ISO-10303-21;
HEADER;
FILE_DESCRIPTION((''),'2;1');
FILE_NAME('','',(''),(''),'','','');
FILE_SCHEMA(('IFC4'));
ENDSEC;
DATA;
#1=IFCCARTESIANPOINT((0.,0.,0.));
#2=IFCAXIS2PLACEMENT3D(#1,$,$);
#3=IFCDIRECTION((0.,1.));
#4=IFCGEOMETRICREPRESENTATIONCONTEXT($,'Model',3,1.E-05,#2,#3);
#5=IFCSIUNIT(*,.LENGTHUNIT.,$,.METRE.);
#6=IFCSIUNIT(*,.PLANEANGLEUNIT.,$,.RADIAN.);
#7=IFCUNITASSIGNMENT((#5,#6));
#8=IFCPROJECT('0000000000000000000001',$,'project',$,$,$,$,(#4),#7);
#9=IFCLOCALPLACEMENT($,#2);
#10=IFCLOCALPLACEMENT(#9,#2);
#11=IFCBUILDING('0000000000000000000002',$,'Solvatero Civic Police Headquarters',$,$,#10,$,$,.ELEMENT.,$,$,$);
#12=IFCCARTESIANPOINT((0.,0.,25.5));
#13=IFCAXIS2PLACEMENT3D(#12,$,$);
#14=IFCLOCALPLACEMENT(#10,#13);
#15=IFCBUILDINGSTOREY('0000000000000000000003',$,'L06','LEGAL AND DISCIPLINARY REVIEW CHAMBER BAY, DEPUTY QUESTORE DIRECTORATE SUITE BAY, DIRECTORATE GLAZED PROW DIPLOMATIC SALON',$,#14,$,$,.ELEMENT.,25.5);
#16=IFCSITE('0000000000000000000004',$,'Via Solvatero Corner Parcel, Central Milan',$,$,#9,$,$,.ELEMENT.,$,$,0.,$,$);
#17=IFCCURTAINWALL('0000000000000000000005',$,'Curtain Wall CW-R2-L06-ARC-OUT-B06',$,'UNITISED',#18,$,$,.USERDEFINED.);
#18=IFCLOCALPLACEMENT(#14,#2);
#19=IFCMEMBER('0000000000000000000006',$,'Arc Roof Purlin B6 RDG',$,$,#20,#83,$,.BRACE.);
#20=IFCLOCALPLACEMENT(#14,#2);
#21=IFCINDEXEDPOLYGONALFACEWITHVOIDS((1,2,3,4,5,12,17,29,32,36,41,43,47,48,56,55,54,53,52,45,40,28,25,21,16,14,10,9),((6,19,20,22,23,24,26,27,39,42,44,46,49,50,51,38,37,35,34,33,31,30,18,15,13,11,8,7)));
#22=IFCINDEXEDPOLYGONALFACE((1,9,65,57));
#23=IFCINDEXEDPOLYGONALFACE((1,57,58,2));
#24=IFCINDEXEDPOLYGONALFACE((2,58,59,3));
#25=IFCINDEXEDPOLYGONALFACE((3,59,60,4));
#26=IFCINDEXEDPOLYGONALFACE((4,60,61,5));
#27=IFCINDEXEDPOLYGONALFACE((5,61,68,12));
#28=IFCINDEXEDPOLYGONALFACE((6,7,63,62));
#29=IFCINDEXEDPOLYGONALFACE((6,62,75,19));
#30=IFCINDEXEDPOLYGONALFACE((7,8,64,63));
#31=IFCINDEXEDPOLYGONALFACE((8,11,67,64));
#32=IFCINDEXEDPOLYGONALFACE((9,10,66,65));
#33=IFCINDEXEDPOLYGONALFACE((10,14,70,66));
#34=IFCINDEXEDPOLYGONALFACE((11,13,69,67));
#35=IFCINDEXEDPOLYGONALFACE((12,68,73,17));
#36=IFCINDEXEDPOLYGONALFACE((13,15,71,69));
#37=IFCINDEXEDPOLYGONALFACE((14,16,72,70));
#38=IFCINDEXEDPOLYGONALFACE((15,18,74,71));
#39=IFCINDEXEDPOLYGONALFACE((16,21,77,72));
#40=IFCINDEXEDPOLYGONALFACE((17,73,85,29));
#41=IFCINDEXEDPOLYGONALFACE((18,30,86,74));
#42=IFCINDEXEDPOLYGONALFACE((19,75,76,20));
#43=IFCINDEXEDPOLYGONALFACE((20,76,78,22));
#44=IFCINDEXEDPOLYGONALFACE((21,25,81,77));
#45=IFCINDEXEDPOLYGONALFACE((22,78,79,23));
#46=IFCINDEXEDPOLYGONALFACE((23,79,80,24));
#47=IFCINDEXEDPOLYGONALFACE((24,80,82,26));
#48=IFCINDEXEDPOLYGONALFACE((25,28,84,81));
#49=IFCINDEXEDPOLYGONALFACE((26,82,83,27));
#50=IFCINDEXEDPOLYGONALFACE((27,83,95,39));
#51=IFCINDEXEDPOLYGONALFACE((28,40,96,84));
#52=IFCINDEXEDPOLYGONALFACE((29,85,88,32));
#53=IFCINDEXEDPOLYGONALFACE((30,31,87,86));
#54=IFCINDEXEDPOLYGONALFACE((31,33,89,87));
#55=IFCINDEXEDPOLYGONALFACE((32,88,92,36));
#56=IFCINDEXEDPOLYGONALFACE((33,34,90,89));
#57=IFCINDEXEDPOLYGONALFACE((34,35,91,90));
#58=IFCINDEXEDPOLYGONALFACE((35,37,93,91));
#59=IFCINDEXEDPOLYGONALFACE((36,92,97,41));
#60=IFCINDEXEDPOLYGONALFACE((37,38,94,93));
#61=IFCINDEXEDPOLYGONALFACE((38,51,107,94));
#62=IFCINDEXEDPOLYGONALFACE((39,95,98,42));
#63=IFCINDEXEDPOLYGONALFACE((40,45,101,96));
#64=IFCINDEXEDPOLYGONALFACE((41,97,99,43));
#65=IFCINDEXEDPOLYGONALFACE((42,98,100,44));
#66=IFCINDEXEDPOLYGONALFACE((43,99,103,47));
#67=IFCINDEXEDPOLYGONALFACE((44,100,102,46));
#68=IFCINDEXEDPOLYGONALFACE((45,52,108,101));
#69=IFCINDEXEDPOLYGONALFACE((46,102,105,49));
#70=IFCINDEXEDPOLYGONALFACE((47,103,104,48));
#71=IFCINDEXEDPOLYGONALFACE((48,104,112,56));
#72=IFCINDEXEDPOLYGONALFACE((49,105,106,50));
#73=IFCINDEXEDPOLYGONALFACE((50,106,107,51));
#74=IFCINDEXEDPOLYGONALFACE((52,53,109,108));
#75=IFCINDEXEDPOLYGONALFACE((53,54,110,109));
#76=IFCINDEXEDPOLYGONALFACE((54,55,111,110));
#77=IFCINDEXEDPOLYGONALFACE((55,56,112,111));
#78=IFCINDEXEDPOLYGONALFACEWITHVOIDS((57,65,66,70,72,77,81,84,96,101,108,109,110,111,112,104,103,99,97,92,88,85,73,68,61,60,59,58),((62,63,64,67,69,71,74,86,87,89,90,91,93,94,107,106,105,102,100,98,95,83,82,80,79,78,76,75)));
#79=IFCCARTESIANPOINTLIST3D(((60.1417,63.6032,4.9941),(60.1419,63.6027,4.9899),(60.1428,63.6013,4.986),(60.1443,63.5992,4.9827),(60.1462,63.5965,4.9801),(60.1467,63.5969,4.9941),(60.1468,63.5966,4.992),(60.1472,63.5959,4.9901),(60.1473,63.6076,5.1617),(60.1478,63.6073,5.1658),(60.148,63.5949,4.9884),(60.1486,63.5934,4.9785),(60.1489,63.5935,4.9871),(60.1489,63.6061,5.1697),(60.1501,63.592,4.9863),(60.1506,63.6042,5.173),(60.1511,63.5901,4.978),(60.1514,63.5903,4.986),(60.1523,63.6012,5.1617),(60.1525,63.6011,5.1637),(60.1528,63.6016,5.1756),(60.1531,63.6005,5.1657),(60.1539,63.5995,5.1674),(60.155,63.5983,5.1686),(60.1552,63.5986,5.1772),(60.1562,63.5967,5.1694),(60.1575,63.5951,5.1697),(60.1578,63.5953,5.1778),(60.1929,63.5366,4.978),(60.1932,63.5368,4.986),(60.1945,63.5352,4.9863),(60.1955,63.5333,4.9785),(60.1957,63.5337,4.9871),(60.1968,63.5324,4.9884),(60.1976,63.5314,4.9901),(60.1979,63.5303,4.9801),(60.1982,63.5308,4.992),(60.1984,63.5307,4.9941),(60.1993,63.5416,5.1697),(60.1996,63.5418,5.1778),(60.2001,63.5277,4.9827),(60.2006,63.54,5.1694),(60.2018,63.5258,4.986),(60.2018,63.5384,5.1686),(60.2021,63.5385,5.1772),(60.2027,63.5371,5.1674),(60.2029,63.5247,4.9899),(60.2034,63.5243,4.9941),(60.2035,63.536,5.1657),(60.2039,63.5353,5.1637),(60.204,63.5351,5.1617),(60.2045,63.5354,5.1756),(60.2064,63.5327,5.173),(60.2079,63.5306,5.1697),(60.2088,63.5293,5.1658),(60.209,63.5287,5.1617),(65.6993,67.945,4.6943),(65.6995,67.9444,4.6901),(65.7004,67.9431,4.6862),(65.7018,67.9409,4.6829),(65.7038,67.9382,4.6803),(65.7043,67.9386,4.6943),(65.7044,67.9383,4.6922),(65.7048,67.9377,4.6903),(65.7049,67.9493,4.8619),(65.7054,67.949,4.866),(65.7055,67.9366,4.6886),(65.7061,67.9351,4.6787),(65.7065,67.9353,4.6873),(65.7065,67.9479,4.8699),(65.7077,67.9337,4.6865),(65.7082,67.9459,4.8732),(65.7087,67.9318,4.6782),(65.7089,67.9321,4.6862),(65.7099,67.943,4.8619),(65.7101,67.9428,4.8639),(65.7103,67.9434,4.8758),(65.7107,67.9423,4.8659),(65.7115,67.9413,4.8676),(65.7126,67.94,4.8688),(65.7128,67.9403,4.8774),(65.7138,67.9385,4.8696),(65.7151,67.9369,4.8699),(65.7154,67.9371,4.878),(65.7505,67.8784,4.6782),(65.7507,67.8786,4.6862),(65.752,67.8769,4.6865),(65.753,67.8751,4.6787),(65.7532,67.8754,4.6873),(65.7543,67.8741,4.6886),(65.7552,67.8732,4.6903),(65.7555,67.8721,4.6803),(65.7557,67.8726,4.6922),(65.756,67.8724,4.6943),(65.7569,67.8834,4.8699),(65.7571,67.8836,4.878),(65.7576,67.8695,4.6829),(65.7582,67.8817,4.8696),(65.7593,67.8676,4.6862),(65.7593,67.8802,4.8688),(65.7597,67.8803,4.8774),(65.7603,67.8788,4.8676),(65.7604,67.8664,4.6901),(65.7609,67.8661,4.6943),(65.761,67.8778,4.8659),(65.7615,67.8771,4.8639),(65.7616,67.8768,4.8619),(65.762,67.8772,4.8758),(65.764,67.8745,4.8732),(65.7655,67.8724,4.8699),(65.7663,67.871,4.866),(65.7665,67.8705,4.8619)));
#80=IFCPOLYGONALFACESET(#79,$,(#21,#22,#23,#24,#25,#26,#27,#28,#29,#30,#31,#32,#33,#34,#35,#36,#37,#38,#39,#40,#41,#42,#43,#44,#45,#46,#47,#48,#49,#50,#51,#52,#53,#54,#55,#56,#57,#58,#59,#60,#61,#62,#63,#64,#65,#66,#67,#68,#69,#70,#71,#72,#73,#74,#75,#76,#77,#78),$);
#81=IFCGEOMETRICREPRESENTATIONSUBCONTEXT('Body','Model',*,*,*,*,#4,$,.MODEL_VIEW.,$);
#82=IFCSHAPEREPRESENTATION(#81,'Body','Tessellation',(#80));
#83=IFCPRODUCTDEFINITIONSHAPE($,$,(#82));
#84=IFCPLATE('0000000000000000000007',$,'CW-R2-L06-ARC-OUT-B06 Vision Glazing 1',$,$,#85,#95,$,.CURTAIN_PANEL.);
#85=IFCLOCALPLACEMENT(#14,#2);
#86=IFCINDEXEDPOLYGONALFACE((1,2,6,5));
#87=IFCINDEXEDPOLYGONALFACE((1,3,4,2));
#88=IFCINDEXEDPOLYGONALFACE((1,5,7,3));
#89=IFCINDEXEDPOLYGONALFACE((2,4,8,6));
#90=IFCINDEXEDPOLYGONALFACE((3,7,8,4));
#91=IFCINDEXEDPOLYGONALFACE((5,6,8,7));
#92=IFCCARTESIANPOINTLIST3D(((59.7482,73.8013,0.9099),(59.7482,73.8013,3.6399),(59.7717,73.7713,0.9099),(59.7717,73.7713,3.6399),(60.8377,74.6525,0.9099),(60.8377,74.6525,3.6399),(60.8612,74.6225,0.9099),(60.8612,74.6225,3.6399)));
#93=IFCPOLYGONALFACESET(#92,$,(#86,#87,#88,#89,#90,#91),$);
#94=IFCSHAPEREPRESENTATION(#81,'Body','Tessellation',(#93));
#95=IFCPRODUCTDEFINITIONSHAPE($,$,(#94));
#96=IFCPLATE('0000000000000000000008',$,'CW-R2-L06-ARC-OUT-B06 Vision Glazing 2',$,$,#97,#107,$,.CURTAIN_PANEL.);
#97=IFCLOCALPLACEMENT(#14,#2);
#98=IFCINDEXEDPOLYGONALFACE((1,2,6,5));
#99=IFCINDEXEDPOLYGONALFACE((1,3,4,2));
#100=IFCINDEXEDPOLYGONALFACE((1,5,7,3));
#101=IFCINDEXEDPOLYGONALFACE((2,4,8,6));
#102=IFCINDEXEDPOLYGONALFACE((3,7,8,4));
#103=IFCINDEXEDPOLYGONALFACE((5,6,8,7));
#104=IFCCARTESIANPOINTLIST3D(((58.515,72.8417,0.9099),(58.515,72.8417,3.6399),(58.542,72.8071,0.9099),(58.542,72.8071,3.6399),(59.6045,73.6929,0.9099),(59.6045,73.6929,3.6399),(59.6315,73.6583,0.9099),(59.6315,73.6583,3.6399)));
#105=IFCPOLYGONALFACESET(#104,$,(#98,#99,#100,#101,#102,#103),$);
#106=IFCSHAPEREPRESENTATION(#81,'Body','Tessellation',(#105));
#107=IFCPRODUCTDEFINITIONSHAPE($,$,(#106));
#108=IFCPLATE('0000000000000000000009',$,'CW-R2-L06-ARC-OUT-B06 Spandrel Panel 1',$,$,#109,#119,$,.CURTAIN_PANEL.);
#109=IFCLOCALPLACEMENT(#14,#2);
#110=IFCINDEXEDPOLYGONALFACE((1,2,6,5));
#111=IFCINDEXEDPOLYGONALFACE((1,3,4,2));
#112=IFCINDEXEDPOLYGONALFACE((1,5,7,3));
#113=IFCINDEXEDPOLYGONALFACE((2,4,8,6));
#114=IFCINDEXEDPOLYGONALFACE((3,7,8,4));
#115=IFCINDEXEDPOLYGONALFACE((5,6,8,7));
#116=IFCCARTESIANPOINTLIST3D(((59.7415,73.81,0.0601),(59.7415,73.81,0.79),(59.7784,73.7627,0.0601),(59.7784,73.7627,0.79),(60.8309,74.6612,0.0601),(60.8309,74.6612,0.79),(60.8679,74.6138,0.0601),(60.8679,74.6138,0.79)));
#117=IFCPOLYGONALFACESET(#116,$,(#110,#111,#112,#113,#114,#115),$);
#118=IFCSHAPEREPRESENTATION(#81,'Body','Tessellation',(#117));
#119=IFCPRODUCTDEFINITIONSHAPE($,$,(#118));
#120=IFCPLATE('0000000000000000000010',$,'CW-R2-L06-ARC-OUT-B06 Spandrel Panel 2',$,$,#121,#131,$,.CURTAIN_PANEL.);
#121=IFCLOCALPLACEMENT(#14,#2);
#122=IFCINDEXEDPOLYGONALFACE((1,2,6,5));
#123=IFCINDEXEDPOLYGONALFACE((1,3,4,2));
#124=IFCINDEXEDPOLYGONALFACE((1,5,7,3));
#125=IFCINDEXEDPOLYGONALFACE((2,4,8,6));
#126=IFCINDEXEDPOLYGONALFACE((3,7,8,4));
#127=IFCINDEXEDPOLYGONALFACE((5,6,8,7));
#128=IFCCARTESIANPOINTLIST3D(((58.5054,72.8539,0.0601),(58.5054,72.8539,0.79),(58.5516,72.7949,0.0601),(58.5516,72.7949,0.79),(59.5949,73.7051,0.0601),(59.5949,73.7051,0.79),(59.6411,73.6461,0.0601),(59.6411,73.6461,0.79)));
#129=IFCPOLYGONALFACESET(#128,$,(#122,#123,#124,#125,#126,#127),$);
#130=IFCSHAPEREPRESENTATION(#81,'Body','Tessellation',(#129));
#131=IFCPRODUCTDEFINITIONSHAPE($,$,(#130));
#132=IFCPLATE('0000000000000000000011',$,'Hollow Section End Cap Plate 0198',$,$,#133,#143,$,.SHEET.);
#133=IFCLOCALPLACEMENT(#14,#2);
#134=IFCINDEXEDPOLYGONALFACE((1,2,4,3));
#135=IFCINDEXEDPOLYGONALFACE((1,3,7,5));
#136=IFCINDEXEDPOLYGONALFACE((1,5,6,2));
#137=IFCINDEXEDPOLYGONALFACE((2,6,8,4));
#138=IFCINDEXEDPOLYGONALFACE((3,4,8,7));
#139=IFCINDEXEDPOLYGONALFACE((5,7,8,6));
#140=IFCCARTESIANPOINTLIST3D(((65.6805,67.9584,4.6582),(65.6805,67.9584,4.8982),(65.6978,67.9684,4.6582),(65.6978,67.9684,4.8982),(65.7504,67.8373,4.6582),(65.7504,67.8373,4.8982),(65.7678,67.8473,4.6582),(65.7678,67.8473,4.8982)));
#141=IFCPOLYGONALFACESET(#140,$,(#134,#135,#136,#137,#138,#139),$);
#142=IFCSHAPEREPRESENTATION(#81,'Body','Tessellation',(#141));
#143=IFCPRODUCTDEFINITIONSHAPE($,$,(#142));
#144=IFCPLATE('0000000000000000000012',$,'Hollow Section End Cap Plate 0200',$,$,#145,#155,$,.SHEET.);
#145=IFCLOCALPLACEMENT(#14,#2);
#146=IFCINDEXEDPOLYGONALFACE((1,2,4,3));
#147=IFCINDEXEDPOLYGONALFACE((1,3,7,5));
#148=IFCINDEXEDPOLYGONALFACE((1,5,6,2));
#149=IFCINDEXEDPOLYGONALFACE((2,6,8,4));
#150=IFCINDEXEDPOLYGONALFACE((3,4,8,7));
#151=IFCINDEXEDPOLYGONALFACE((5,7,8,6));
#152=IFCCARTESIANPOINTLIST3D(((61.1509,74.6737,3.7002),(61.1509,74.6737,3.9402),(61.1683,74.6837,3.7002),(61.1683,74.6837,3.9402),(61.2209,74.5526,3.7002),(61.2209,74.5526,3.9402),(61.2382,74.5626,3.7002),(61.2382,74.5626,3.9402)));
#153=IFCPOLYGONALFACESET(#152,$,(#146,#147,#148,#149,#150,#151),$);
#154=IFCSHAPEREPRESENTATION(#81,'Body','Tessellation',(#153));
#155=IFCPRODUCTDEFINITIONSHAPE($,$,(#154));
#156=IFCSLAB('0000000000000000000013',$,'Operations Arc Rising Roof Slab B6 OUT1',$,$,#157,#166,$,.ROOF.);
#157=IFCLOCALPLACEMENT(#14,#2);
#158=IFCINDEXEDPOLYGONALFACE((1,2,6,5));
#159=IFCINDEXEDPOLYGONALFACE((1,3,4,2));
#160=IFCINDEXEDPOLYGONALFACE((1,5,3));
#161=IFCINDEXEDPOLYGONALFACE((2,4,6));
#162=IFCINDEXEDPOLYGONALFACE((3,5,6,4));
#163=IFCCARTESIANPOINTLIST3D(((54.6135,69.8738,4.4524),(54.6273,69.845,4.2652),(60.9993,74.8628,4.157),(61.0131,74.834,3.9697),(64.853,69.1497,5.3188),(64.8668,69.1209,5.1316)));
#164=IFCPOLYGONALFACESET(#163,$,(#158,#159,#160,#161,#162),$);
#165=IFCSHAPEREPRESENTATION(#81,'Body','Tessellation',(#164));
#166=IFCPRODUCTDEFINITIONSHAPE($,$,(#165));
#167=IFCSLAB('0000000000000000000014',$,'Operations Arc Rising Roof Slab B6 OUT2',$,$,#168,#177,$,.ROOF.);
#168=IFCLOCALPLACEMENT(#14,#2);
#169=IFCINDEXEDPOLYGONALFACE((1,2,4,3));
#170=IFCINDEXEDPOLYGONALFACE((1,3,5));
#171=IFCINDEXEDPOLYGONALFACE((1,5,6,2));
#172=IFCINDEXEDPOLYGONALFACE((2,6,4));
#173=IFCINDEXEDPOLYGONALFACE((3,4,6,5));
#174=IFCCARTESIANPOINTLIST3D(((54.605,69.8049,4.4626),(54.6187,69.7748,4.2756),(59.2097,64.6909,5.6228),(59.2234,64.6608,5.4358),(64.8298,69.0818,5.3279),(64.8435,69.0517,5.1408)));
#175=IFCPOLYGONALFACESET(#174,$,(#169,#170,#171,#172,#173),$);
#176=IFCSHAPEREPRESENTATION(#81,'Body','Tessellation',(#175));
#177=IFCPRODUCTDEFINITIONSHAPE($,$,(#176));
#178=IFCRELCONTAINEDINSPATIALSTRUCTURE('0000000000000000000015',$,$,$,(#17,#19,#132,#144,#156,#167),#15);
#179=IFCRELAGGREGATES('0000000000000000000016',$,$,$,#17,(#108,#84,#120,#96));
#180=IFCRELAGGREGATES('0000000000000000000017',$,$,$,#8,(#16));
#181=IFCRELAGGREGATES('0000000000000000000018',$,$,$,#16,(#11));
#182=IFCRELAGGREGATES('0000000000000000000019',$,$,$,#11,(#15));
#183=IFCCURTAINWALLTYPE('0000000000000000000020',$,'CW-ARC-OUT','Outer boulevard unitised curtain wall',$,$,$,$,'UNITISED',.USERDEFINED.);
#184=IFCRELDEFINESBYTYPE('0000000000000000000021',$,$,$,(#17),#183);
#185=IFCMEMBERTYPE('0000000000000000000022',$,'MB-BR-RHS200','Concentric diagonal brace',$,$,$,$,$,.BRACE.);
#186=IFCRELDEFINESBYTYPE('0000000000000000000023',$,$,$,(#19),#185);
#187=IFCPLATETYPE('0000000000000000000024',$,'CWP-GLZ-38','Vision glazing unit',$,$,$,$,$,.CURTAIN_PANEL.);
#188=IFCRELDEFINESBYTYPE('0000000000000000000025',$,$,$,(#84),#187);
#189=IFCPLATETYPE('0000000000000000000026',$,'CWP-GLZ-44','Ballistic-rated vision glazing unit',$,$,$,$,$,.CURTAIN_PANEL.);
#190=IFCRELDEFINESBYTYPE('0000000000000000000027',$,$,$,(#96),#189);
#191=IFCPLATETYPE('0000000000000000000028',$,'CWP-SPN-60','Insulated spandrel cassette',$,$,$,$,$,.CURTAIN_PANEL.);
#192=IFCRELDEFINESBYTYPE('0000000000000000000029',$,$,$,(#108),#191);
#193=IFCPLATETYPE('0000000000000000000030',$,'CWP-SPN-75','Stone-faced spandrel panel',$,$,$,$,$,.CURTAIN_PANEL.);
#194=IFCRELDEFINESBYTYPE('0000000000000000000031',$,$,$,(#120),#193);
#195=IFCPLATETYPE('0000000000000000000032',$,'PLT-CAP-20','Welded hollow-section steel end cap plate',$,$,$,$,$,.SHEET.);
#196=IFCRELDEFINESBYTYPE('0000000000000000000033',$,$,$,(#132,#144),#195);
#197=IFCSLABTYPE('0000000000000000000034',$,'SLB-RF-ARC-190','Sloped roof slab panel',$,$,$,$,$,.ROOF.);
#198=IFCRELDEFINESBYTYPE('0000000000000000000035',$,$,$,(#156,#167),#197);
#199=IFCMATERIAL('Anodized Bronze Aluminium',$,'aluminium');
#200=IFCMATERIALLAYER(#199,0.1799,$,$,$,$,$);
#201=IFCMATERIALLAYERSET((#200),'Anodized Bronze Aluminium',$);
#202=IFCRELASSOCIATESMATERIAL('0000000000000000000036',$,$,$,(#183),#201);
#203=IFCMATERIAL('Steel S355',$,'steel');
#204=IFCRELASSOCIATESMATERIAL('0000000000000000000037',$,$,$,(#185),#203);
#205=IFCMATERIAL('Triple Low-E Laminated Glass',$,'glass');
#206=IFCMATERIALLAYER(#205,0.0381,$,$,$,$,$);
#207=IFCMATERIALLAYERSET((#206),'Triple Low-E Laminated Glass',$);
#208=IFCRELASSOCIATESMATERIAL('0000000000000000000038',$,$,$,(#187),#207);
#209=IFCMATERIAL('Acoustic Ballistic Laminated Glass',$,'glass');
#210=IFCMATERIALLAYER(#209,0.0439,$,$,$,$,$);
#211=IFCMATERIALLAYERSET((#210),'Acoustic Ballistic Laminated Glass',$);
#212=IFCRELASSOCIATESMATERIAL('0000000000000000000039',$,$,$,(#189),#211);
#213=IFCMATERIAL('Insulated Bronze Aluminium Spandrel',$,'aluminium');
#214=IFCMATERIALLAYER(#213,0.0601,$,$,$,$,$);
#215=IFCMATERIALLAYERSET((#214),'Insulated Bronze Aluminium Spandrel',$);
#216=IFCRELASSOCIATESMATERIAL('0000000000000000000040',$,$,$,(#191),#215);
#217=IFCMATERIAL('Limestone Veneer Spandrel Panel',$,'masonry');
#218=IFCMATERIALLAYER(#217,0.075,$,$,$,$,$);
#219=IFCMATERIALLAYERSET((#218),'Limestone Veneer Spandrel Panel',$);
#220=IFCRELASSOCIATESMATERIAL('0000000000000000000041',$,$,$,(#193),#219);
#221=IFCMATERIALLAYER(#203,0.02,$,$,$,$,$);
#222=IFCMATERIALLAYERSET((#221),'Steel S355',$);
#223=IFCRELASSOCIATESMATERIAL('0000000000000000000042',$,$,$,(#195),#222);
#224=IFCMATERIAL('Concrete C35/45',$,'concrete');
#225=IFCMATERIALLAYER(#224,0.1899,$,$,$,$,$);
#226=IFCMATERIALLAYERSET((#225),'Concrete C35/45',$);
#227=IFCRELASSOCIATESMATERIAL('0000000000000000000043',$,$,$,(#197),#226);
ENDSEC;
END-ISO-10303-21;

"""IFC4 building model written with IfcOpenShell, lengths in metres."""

from ifc_helpers import new_model, si_unit, direction, frame, origin, origin_2d, place, context, subcontext, project, spatial, polyline, rectangle, hollow_rectangle, outline, extrude, material, layer, layer_set, material_profile, profile_set, type_object, element, aggregate, save


model = new_model("IFC4")

# Units and contexts
model_context = context("Model", 3, precision=1e-05, world=origin(), true_north=direction((0.0, 1.0)))
body_context = subcontext(model_context, "Body", "Model", "MODEL_VIEW")
ifc_project = project(units=[si_unit("LENGTHUNIT", "METRE"), si_unit("PLANEANGLEUNIT", "RADIAN")], contexts=[model_context])

# Site, building, storey
site_placement = place(None, origin())
site = spatial("IfcSite", under=ifc_project, at=site_placement, Name="Via Solvatero Corner Parcel, Central Milan", CompositionType="ELEMENT", RefElevation=0.0)
building_placement = place(site_placement, origin())
building = spatial("IfcBuilding", under=site, at=building_placement, Name="Solvatero Civic Police Headquarters", CompositionType="ELEMENT")
storey_placement = place(building_placement, frame((0.0, 0.0, 25.5)))
storey = spatial("IfcBuildingStorey", under=building, at=storey_placement, Name="L06", Description="LEGAL AND DISCIPLINARY REVIEW CHAMBER BAY, DEPUTY QUESTORE DIRECTORATE SUITE BAY, DIRECTORATE GLAZED PROW DIPLOMATIC SALON", CompositionType="ELEMENT", Elevation=25.5)

# Shared definitions
ifc_material_1 = material(Name="Steel S355", Category="steel")

# Curtain wall
ifc_material_2 = material(Name="Anodized Bronze Aluminium", Category="aluminium")
ifc_layer_1 = layer(ifc_material_2, 0.1799)
ifc_layer_set_1 = layer_set([ifc_layer_1], Name="Anodized Bronze Aluminium")
curtain_wall_type = type_object("IfcCurtainWallType", Name="CW-ARC-OUT", Description="Outer boulevard unitised curtain wall", ElementType="UNITISED", PredefinedType="USERDEFINED", material=ifc_layer_set_1)
curtain_wall_placement = place(storey_placement, origin())
curtain_wall = element("IfcCurtainWall", 1, at=curtain_wall_placement, inside=storey, type_object=curtain_wall_type, Name="Curtain Wall CW-R2-L06-ARC-OUT-B06", ObjectType="UNITISED", PredefinedType="USERDEFINED")

# Member
ifc_material_profile_1 = material_profile(ifc_material_1, hollow_rectangle(XDim=0.1001, YDim=0.2, WallThickness=0.0081, InnerFilletRadius=0.0081, OuterFilletRadius=0.0161, at=origin_2d()), Name="RHS 200x100x8.0")
ifc_profile_set_1 = profile_set([ifc_material_profile_1], Name="Steel S355")
member_type_1 = type_object("IfcMemberType", Name="MB-BR-RHS200", Description="Concentric diagonal brace", PredefinedType="BRACE", material=ifc_profile_set_1)
member_1_placement = place(storey_placement, frame((65.7329, 67.9077, 4.7781), z_axis=(-0.78732, -0.61508, 0.042472), x_axis=(0.615636, -0.788031, 0.0)))
element("IfcMember", 2, at=member_1_placement, inside=storey, type_object=member_type_1, Name="Arc Roof Purlin B6 RDG", PredefinedType="BRACE", context=body_context, shape_type="SweptSolid", body=[
    extrude(hollow_rectangle(XDim=0.1001, YDim=0.2, WallThickness=0.0081, InnerFilletRadius=0.0081, OuterFilletRadius=0.0161, at=origin_2d()), origin(), (0.0, 0.0, 1.0), 7.0588),
])

# Plates
ifc_material_3 = material(Name="Triple Low-E Laminated Glass", Category="glass")
ifc_layer_2 = layer(ifc_material_3, 0.0381)
ifc_layer_set_2 = layer_set([ifc_layer_2], Name="Triple Low-E Laminated Glass")
plate_type_1 = type_object("IfcPlateType", Name="CWP-GLZ-38", Description="Vision glazing unit", PredefinedType="CURTAIN_PANEL", material=ifc_layer_set_2)
plate_1_placement = place(storey_placement, frame((60.3047, 74.2119, 0.9099), z_axis=(0.0, 0.0, 1.0), x_axis=(-0.788011, -0.615661, 0.0)))
plate_1 = element("IfcPlate", 3, at=plate_1_placement, type_object=plate_type_1, Name="CW-R2-L06-ARC-OUT-B06 Vision Glazing 1", PredefinedType="CURTAIN_PANEL", context=body_context, shape_type="SweptSolid", body=[
    extrude(rectangle(XDim=1.3826, YDim=0.0381, at=origin_2d()), origin(), (0.0, 0.0, 1.0), 2.73),
])
ifc_material_4 = material(Name="Acoustic Ballistic Laminated Glass", Category="glass")
ifc_layer_3 = layer(ifc_material_4, 0.0439)
ifc_layer_set_3 = layer_set([ifc_layer_3], Name="Acoustic Ballistic Laminated Glass")
plate_type_2 = type_object("IfcPlateType", Name="CWP-GLZ-44", Description="Ballistic-rated vision glazing unit", PredefinedType="CURTAIN_PANEL", material=ifc_layer_set_3)
plate_2_placement = place(storey_placement, frame((59.0732, 73.25, 0.9099), z_axis=(0.0, 0.0, 1.0), x_axis=(-0.788011, -0.615661, 0.0)))
plate_2 = element("IfcPlate", 4, at=plate_2_placement, type_object=plate_type_2, Name="CW-R2-L06-ARC-OUT-B06 Vision Glazing 2", PredefinedType="CURTAIN_PANEL", context=body_context, shape_type="SweptSolid", body=[
    extrude(rectangle(XDim=1.3826, YDim=0.0439, at=origin_2d()), origin(), (0.0, 0.0, 1.0), 2.73),
])
ifc_material_5 = material(Name="Insulated Bronze Aluminium Spandrel", Category="aluminium")
ifc_layer_4 = layer(ifc_material_5, 0.0601)
ifc_layer_set_4 = layer_set([ifc_layer_4], Name="Insulated Bronze Aluminium Spandrel")
plate_type_3 = type_object("IfcPlateType", Name="CWP-SPN-60", Description="Insulated spandrel cassette", PredefinedType="CURTAIN_PANEL", material=ifc_layer_set_4)
plate_3_placement = place(storey_placement, frame((60.3047, 74.2119, 0.0601), z_axis=(0.0, 0.0, 1.0), x_axis=(-0.788011, -0.615661, 0.0)))
plate_3 = element("IfcPlate", 5, at=plate_3_placement, type_object=plate_type_3, Name="CW-R2-L06-ARC-OUT-B06 Spandrel Panel 1", PredefinedType="CURTAIN_PANEL", context=body_context, shape_type="SweptSolid", body=[
    extrude(rectangle(XDim=1.3826, YDim=0.0601, at=origin_2d()), origin(), (0.0, 0.0, 1.0), 0.73),
])
ifc_material_6 = material(Name="Limestone Veneer Spandrel Panel", Category="masonry")
ifc_layer_5 = layer(ifc_material_6, 0.075)
ifc_layer_set_5 = layer_set([ifc_layer_5], Name="Limestone Veneer Spandrel Panel")
plate_type_4 = type_object("IfcPlateType", Name="CWP-SPN-75", Description="Stone-faced spandrel panel", PredefinedType="CURTAIN_PANEL", material=ifc_layer_set_5)
plate_4_placement = place(storey_placement, frame((59.0732, 73.25, 0.0601), z_axis=(0.0, 0.0, 1.0), x_axis=(-0.788011, -0.615661, 0.0)))
plate_4 = element("IfcPlate", 6, at=plate_4_placement, type_object=plate_type_4, Name="CW-R2-L06-ARC-OUT-B06 Spandrel Panel 2", PredefinedType="CURTAIN_PANEL", context=body_context, shape_type="SweptSolid", body=[
    extrude(rectangle(XDim=1.3826, YDim=0.075, at=origin_2d()), origin(), (0.0, 0.0, 1.0), 0.73),
])
aggregate(curtain_wall, [plate_3, plate_1, plate_4, plate_2])

# Plates
ifc_layer_6 = layer(ifc_material_1, 0.02)
ifc_layer_set_6 = layer_set([ifc_layer_6], Name="Steel S355")
plate_type_5 = type_object("IfcPlateType", Name="PLT-CAP-20", Description="Welded hollow-section steel end cap plate", PredefinedType="SHEET", material=ifc_layer_set_6)
for number, where, z_axis, x_axis, name in (
    (7, (65.7241, 67.9028, 4.6582), (0.0, 0.0, 1.0), (-0.866025, -0.5, 0.0), "Hollow Section End Cap Plate 0198"),
    (8, (61.1946, 74.6182, 3.7002), (0.0, 0.0, 1.0), (-0.866025, -0.5, 0.0), "Hollow Section End Cap Plate 0200"),
):
    element("IfcPlate", number, at=place(storey_placement, frame(where, z_axis=z_axis, x_axis=x_axis)), inside=storey, type_object=plate_type_5, Name=name, PredefinedType="SHEET", context=body_context, shape_type="SweptSolid", body=[
        extrude(rectangle(XDim=0.02, YDim=0.1399, at=origin_2d()), origin(), (0.0, 0.0, 1.0), 0.24),
    ])

# Slabs
ifc_material_7 = material(Name="Concrete C35/45", Category="concrete")
ifc_layer_7 = layer(ifc_material_7, 0.1899)
ifc_layer_set_7 = layer_set([ifc_layer_7], Name="Concrete C35/45")
slab_type = type_object("IfcSlabType", Name="SLB-RF-ARC-190", Description="Sloped roof slab panel", PredefinedType="ROOF", material=ifc_layer_set_7)
slab_1_placement = place(storey_placement, frame((64.853, 69.1497, 5.3188), z_axis=(-0.072707, 0.151433, 0.98579), x_axis=(-0.993974, 0.070292, -0.084109)))
element("IfcSlab", 9, at=slab_1_placement, inside=storey, type_object=slab_type, Name="Operations Arc Rising Roof Slab B6 OUT1", PredefinedType="ROOF", context=body_context, shape_type="SweptSolid", body=[
    extrude(outline(polyline([(0.0, 0.0), (10.3016, 0.0), (4.3299, -5.4858), (0.0, 0.0)])), origin(), (0.0, 0.0, -1.0), 0.1899),
])
slab_2_placement = place(storey_placement, frame((64.8298, 69.0818, 5.3279), z_axis=(-0.072122, 0.158454, 0.984729), x_axis=(-0.787341, -0.615132, 0.041317)))
element("IfcSlab", 10, at=slab_2_placement, inside=storey, type_object=slab_type, Name="Operations Arc Rising Roof Slab B6 OUT2", PredefinedType="ROOF", context=body_context, shape_type="SweptSolid", body=[
    extrude(outline(polyline([(0.0, 0.0), (7.1381, 0.0), (7.5699, -6.9654), (0.0, 0.0)])), origin(), (0.0, 0.0, -1.0), 0.1899),
])

save(model, "model.ifc")
